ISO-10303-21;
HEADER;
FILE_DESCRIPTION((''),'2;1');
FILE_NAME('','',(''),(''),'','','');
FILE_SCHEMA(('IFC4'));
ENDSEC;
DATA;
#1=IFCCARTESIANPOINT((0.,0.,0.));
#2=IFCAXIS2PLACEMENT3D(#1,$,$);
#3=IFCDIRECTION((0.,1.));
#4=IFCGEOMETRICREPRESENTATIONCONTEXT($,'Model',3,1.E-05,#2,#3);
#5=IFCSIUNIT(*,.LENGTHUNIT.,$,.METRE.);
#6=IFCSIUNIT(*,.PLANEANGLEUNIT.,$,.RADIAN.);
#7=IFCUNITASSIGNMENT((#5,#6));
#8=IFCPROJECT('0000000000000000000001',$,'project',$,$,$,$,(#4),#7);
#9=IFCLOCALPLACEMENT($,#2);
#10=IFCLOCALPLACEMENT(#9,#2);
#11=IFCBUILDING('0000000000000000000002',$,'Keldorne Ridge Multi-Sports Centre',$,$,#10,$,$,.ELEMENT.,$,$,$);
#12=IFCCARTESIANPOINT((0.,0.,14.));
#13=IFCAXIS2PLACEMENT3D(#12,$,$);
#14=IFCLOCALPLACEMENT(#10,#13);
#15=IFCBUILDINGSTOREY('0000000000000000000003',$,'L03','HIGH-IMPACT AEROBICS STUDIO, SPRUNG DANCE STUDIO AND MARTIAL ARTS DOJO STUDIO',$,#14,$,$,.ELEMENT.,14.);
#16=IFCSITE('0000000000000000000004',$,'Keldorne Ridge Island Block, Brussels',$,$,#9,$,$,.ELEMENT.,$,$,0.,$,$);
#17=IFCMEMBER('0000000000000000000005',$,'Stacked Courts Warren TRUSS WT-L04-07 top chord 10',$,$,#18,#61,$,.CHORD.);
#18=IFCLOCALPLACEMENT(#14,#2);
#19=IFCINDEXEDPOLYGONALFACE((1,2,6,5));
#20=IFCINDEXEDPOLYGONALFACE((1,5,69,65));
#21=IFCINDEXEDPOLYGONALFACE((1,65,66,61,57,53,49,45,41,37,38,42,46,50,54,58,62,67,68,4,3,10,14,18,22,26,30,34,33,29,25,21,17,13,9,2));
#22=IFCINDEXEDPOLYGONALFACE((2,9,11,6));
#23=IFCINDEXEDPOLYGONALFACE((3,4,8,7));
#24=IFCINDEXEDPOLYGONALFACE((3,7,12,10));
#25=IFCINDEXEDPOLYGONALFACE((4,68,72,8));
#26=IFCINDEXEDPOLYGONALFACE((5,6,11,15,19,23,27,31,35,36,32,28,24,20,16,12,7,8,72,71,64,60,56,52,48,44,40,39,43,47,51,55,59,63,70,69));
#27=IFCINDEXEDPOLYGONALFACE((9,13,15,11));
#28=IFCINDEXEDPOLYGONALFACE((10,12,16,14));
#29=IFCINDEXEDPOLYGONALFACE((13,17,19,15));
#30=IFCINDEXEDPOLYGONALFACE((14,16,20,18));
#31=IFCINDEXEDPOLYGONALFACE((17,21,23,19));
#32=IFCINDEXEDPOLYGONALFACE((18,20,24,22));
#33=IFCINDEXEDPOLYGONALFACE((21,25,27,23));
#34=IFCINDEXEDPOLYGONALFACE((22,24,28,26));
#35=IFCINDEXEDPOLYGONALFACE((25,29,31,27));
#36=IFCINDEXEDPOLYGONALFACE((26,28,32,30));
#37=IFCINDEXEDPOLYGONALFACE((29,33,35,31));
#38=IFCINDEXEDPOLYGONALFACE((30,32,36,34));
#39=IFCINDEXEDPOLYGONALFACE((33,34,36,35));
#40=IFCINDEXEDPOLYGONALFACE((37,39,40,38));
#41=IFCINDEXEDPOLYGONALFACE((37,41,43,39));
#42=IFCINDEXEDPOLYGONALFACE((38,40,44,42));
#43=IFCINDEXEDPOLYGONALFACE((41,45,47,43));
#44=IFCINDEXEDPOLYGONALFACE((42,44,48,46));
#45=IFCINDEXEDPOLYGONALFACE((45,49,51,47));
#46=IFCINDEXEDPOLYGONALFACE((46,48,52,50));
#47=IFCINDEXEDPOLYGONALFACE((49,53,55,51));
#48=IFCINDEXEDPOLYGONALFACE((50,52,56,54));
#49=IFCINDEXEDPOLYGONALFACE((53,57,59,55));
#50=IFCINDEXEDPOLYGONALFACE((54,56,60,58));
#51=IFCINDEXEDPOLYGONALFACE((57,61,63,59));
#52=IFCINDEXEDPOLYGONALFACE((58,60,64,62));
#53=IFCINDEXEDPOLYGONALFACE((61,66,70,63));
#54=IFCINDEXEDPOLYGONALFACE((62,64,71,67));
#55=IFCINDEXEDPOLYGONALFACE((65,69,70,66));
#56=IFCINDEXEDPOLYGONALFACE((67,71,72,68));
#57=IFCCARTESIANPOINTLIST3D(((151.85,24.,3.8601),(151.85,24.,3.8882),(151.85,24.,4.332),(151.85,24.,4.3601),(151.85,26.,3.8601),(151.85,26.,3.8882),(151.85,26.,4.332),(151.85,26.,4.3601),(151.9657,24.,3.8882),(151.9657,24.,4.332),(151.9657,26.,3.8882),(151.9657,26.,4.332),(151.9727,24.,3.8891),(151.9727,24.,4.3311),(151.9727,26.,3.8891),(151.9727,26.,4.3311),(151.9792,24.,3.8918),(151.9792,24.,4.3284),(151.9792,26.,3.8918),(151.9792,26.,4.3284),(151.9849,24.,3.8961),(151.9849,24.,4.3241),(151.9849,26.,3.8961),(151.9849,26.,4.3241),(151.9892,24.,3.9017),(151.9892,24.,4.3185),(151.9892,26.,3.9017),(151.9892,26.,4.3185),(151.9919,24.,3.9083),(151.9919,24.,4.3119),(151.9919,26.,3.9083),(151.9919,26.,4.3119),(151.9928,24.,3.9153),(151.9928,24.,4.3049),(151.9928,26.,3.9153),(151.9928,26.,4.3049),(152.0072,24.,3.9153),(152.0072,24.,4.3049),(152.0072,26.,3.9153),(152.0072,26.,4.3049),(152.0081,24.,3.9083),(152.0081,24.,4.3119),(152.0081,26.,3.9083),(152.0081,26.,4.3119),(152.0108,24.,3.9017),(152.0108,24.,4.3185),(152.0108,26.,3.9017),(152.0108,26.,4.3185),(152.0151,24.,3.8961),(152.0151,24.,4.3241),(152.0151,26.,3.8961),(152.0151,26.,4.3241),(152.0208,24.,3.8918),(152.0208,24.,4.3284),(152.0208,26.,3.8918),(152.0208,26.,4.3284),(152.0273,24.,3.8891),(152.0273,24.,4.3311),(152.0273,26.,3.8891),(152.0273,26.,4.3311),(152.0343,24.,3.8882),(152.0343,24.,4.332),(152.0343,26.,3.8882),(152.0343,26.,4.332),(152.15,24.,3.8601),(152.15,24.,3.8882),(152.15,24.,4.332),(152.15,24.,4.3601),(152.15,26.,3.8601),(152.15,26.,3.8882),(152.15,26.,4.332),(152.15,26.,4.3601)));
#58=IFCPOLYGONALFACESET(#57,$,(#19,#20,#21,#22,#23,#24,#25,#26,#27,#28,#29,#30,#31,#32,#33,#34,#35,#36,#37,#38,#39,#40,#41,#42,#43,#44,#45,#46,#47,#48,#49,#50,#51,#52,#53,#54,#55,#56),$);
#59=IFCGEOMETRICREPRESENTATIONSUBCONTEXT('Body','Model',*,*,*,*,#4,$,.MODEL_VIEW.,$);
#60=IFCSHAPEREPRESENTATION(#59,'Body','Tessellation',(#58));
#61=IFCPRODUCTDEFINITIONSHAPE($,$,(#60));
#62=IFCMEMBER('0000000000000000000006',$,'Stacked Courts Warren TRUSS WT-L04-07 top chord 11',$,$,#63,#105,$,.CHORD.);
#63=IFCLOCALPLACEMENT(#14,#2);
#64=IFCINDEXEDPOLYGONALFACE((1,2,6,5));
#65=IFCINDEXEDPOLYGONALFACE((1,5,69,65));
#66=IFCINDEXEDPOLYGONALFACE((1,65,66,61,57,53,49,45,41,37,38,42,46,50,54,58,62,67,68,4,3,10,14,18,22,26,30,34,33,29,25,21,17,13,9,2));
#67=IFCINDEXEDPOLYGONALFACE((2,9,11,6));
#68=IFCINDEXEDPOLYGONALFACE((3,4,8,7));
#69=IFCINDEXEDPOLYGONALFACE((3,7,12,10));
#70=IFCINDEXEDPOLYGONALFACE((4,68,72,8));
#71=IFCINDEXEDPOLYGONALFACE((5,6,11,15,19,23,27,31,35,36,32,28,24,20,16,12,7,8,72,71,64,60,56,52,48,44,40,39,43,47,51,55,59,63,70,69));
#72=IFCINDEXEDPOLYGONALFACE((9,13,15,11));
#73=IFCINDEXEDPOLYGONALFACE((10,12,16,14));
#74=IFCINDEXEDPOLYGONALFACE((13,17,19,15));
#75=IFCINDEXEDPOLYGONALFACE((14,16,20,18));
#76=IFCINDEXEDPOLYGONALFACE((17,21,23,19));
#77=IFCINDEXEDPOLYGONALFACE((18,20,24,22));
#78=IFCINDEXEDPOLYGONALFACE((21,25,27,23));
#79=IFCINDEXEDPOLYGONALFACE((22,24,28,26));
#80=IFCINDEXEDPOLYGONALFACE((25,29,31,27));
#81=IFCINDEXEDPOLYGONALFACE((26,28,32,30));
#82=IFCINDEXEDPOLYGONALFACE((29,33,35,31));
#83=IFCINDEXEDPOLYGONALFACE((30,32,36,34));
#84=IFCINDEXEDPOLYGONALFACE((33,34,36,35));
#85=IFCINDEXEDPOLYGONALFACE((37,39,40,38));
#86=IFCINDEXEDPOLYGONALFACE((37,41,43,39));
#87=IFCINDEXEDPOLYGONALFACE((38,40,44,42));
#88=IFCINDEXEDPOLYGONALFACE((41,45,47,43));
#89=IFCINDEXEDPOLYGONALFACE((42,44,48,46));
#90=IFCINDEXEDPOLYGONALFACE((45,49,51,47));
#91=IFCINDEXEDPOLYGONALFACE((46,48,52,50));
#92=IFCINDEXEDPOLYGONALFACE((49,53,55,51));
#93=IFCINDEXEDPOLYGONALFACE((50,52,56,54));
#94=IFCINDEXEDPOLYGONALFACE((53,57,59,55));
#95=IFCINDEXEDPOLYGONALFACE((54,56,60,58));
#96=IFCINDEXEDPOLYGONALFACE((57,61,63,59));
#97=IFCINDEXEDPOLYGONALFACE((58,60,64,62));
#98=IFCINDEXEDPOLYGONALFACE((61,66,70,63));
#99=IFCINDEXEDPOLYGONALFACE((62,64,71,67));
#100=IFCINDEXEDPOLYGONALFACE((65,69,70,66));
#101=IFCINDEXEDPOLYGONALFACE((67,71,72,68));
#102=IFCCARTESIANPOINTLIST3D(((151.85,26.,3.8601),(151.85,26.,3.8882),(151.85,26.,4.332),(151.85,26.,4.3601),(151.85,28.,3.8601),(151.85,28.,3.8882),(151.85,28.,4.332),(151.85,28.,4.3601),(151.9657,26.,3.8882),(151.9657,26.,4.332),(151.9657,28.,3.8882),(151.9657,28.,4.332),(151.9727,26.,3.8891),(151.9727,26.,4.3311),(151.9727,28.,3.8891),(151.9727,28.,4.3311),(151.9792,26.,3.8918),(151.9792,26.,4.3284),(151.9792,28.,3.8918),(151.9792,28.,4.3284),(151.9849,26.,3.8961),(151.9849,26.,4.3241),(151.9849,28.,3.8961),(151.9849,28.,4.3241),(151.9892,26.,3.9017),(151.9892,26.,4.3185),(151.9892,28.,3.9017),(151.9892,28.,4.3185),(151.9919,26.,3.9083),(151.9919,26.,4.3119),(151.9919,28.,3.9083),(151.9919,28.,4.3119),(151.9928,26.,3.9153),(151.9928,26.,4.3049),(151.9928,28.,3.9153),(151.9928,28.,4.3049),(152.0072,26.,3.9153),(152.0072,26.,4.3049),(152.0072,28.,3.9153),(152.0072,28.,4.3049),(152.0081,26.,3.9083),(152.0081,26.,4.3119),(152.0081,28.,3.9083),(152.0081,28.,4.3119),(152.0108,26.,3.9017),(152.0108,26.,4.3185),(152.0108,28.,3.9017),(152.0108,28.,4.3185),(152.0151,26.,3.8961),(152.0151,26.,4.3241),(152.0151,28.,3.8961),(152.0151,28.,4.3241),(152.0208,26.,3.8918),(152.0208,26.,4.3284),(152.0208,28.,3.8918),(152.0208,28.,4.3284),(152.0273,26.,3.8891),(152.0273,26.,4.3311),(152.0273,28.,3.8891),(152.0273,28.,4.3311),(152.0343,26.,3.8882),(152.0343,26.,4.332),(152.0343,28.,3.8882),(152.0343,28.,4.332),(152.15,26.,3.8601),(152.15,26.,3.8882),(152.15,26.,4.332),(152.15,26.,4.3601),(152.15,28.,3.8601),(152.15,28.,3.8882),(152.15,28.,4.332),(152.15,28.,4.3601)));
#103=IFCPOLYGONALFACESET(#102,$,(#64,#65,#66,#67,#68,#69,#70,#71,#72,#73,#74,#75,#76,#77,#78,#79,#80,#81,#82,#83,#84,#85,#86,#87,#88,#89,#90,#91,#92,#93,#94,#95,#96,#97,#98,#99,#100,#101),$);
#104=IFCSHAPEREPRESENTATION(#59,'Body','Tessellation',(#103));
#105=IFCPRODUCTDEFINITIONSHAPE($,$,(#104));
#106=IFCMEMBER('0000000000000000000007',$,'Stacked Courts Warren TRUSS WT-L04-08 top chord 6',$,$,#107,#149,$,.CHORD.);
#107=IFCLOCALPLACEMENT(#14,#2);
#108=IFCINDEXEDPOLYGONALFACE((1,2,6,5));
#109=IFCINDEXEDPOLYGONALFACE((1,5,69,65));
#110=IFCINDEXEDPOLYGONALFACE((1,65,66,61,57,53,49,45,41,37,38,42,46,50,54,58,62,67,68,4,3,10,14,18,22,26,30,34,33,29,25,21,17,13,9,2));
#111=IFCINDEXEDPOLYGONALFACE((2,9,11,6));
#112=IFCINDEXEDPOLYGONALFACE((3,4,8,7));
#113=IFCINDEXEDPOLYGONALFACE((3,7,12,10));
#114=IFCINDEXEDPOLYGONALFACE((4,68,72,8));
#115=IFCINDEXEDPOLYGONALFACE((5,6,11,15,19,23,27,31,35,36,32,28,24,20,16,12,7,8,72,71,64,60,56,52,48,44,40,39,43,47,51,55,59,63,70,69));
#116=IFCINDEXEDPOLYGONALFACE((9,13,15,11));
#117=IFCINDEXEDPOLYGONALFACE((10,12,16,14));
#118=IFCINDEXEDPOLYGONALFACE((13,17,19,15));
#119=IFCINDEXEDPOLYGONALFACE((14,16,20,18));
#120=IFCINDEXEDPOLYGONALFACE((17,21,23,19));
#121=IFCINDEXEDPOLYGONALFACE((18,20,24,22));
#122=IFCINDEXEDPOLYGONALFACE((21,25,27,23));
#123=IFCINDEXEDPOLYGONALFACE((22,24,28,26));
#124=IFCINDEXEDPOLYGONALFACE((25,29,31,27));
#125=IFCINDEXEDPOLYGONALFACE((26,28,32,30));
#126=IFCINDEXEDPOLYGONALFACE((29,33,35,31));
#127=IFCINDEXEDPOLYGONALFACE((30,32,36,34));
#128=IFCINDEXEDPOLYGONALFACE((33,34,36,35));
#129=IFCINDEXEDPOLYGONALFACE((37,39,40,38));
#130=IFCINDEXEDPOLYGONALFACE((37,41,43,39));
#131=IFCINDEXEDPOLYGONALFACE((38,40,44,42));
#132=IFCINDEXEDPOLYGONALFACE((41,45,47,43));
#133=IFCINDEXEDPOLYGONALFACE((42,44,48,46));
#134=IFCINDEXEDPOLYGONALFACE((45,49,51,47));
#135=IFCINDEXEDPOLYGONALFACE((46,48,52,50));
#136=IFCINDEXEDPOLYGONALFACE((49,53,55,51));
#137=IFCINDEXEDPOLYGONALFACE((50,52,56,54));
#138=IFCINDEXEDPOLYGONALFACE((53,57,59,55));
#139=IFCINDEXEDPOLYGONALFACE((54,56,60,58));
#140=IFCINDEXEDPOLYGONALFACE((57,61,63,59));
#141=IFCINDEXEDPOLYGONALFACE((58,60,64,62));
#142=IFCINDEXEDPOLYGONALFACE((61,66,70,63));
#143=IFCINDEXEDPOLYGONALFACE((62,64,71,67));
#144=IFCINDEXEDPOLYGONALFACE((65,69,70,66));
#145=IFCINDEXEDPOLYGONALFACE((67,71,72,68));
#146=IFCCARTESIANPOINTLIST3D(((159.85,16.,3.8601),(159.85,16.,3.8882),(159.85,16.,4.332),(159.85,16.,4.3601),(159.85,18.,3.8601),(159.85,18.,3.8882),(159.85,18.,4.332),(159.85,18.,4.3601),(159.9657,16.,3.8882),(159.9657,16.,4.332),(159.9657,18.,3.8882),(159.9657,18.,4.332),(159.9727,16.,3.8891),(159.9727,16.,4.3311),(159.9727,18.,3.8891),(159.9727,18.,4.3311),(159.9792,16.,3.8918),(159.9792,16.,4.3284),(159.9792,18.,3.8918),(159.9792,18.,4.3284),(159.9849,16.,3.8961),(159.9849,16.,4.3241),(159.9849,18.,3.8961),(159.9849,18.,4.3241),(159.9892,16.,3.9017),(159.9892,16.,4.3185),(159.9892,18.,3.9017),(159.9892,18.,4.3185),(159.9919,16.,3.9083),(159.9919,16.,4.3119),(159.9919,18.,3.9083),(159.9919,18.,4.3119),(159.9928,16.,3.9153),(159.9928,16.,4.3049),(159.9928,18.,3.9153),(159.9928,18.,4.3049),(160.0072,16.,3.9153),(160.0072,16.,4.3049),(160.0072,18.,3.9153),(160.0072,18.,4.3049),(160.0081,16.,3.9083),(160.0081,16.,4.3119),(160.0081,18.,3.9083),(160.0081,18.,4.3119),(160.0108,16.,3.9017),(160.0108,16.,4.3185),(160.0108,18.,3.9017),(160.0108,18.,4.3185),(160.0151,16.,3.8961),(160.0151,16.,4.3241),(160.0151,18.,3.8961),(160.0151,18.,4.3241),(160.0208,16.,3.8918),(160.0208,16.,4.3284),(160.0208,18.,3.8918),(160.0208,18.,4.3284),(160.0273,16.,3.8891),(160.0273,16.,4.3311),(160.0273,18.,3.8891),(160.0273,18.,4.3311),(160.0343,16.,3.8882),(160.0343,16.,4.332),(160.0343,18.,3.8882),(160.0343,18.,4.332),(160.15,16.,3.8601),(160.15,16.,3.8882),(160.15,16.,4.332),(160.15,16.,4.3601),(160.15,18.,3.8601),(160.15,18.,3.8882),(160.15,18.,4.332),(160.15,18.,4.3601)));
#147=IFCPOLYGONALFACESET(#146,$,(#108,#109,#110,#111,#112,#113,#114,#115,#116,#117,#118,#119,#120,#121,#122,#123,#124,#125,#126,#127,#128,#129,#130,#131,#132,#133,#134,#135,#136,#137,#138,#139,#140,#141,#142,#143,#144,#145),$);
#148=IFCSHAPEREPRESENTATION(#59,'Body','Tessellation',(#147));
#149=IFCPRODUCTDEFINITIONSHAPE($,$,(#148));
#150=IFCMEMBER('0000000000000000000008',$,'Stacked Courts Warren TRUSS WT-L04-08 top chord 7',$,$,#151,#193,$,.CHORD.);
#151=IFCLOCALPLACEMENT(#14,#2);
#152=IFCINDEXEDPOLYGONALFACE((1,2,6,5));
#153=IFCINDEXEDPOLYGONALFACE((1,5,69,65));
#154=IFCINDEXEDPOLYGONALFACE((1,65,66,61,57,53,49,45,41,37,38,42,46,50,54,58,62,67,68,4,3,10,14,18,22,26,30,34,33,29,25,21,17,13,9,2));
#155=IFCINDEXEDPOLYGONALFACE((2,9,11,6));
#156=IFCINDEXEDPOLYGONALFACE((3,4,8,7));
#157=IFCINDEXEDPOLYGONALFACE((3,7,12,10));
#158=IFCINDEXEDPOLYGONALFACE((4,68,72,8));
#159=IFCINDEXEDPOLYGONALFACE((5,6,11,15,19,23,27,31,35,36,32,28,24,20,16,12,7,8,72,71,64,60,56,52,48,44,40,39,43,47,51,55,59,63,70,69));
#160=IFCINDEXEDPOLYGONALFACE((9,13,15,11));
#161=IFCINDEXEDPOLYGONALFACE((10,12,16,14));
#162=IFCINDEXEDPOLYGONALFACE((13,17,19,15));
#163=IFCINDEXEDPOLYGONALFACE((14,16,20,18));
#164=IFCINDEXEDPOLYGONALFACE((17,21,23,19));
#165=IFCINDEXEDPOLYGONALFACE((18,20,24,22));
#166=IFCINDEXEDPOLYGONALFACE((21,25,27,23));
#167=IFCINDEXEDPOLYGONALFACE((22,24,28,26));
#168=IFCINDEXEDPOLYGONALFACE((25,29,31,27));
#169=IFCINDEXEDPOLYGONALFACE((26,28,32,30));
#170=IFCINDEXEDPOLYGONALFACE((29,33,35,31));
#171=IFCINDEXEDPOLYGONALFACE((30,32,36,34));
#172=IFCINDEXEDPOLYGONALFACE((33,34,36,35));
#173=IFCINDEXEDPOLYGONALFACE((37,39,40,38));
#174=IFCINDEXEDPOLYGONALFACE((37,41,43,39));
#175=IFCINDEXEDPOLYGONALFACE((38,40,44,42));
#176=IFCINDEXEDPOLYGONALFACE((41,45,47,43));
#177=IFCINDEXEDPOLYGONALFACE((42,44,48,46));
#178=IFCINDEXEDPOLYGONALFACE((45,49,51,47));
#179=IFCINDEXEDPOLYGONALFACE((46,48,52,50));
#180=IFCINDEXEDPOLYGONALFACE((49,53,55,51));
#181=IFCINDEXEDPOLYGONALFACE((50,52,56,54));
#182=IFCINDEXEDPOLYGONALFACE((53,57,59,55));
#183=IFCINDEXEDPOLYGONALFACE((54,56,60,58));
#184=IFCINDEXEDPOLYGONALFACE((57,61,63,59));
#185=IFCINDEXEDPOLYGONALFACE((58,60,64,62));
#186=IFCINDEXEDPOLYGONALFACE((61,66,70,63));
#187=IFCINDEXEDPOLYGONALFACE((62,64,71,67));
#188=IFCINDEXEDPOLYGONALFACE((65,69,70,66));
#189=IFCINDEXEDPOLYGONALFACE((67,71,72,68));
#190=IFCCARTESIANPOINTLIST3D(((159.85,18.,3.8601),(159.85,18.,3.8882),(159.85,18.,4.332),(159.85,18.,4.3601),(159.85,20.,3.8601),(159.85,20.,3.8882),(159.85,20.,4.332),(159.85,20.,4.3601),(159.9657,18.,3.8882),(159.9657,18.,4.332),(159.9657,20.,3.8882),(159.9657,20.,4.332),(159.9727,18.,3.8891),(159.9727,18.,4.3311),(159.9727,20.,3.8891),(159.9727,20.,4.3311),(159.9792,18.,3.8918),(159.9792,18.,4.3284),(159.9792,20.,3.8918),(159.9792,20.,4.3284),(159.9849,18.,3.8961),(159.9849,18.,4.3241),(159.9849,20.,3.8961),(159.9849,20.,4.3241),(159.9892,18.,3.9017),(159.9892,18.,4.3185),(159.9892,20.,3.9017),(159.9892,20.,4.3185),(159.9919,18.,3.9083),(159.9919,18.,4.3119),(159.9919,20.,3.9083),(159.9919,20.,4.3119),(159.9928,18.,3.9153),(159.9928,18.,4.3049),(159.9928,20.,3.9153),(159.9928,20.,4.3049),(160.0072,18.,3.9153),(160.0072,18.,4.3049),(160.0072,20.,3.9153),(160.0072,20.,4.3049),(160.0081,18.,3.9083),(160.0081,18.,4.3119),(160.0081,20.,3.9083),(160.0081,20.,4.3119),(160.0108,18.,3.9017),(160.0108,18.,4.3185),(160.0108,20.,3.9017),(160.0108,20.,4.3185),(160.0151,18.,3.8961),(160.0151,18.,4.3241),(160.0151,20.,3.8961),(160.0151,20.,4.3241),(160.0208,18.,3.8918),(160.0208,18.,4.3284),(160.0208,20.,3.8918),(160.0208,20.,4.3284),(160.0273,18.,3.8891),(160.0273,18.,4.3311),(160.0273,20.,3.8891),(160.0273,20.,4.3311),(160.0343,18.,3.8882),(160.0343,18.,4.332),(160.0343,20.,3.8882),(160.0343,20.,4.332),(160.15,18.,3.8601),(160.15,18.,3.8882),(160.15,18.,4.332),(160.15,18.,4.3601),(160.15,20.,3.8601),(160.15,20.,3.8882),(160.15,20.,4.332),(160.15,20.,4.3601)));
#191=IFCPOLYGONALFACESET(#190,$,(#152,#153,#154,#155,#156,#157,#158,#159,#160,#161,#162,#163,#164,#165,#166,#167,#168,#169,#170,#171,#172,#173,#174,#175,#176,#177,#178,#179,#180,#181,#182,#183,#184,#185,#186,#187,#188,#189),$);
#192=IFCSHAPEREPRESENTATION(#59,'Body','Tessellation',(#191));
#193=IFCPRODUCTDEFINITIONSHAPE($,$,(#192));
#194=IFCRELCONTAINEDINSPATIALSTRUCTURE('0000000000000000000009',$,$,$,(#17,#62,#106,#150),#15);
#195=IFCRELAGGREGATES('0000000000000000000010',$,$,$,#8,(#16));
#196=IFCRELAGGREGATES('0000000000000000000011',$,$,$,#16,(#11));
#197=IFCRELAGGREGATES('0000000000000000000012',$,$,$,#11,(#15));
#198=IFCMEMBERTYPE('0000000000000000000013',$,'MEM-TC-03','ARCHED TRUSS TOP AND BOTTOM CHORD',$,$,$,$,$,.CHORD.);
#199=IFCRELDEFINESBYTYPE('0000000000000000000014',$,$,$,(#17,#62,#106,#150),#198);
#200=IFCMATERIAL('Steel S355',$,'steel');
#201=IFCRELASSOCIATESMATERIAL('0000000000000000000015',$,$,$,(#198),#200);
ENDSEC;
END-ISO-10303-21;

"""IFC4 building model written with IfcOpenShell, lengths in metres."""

from ifc_helpers import new_model, si_unit, direction, frame, origin, origin_2d, place, context, subcontext, project, spatial, i_section, extrude, material, material_profile, profile_set, type_object, element, save


model = new_model("IFC4")

# Units and contexts
model_context = context("Model", 3, precision=1e-05, world=origin(), true_north=direction((0.0, 1.0)))
body_context = subcontext(model_context, "Body", "Model", "MODEL_VIEW")
ifc_project = project(units=[si_unit("LENGTHUNIT", "METRE"), si_unit("PLANEANGLEUNIT", "RADIAN")], contexts=[model_context])

# Site, building, storey
site_placement = place(None, origin())
site = spatial("IfcSite", under=ifc_project, at=site_placement, Name="Keldorne Ridge Island Block, Brussels", CompositionType="ELEMENT", RefElevation=0.0)
building_placement = place(site_placement, origin())
building = spatial("IfcBuilding", under=site, at=building_placement, Name="Keldorne Ridge Multi-Sports Centre", CompositionType="ELEMENT")
storey_placement = place(building_placement, frame((0.0, 0.0, 14.0)))
storey = spatial("IfcBuildingStorey", under=building, at=storey_placement, Name="L03", Description="HIGH-IMPACT AEROBICS STUDIO, SPRUNG DANCE STUDIO AND MARTIAL ARTS DOJO STUDIO", CompositionType="ELEMENT", Elevation=14.0)

# Members
ifc_material = material(Name="Steel S355", Category="steel")
ifc_material_profile_1 = material_profile(ifc_material, i_section(OverallWidth=0.3, OverallDepth=0.5, WebThickness=0.0144, FlangeThickness=0.0281, FilletRadius=0.0271, at=origin_2d()), Name="HEB 500")
ifc_profile_set_1 = profile_set([ifc_material_profile_1], Name="Steel S355")
member_type_1 = type_object("IfcMemberType", Name="MEM-TC-03", Description="ARCHED TRUSS TOP AND BOTTOM CHORD", PredefinedType="CHORD", material=ifc_profile_set_1)
for number, where, z_axis, x_axis, name in (
    (1, (152.0, 24.0, 4.1101), (0.0, 1.0, 0.0), (-1.0, 0.0, 0.0), "Stacked Courts Warren TRUSS WT-L04-07 top chord 10"),
    (2, (152.0, 26.0, 4.1101), (0.0, 1.0, 0.0), (-1.0, 0.0, 0.0), "Stacked Courts Warren TRUSS WT-L04-07 top chord 11"),
    (3, (160.0, 16.0, 4.1101), (0.0, 1.0, 0.0), (-1.0, 0.0, 0.0), "Stacked Courts Warren TRUSS WT-L04-08 top chord 6"),
    (4, (160.0, 18.0, 4.1101), (0.0, 1.0, 0.0), (-1.0, 0.0, 0.0), "Stacked Courts Warren TRUSS WT-L04-08 top chord 7"),
):
    element("IfcMember", number, at=place(storey_placement, frame(where, z_axis=z_axis, x_axis=x_axis)), inside=storey, type_object=member_type_1, Name=name, PredefinedType="CHORD", context=body_context, shape_type="SweptSolid", body=[
        extrude(i_section(OverallWidth=0.3, OverallDepth=0.5, WebThickness=0.0144, FlangeThickness=0.0281, FilletRadius=0.0271, at=origin_2d()), origin(), (0.0, 0.0, 1.0), 2.0),
    ])

save(model, "model.ifc")
